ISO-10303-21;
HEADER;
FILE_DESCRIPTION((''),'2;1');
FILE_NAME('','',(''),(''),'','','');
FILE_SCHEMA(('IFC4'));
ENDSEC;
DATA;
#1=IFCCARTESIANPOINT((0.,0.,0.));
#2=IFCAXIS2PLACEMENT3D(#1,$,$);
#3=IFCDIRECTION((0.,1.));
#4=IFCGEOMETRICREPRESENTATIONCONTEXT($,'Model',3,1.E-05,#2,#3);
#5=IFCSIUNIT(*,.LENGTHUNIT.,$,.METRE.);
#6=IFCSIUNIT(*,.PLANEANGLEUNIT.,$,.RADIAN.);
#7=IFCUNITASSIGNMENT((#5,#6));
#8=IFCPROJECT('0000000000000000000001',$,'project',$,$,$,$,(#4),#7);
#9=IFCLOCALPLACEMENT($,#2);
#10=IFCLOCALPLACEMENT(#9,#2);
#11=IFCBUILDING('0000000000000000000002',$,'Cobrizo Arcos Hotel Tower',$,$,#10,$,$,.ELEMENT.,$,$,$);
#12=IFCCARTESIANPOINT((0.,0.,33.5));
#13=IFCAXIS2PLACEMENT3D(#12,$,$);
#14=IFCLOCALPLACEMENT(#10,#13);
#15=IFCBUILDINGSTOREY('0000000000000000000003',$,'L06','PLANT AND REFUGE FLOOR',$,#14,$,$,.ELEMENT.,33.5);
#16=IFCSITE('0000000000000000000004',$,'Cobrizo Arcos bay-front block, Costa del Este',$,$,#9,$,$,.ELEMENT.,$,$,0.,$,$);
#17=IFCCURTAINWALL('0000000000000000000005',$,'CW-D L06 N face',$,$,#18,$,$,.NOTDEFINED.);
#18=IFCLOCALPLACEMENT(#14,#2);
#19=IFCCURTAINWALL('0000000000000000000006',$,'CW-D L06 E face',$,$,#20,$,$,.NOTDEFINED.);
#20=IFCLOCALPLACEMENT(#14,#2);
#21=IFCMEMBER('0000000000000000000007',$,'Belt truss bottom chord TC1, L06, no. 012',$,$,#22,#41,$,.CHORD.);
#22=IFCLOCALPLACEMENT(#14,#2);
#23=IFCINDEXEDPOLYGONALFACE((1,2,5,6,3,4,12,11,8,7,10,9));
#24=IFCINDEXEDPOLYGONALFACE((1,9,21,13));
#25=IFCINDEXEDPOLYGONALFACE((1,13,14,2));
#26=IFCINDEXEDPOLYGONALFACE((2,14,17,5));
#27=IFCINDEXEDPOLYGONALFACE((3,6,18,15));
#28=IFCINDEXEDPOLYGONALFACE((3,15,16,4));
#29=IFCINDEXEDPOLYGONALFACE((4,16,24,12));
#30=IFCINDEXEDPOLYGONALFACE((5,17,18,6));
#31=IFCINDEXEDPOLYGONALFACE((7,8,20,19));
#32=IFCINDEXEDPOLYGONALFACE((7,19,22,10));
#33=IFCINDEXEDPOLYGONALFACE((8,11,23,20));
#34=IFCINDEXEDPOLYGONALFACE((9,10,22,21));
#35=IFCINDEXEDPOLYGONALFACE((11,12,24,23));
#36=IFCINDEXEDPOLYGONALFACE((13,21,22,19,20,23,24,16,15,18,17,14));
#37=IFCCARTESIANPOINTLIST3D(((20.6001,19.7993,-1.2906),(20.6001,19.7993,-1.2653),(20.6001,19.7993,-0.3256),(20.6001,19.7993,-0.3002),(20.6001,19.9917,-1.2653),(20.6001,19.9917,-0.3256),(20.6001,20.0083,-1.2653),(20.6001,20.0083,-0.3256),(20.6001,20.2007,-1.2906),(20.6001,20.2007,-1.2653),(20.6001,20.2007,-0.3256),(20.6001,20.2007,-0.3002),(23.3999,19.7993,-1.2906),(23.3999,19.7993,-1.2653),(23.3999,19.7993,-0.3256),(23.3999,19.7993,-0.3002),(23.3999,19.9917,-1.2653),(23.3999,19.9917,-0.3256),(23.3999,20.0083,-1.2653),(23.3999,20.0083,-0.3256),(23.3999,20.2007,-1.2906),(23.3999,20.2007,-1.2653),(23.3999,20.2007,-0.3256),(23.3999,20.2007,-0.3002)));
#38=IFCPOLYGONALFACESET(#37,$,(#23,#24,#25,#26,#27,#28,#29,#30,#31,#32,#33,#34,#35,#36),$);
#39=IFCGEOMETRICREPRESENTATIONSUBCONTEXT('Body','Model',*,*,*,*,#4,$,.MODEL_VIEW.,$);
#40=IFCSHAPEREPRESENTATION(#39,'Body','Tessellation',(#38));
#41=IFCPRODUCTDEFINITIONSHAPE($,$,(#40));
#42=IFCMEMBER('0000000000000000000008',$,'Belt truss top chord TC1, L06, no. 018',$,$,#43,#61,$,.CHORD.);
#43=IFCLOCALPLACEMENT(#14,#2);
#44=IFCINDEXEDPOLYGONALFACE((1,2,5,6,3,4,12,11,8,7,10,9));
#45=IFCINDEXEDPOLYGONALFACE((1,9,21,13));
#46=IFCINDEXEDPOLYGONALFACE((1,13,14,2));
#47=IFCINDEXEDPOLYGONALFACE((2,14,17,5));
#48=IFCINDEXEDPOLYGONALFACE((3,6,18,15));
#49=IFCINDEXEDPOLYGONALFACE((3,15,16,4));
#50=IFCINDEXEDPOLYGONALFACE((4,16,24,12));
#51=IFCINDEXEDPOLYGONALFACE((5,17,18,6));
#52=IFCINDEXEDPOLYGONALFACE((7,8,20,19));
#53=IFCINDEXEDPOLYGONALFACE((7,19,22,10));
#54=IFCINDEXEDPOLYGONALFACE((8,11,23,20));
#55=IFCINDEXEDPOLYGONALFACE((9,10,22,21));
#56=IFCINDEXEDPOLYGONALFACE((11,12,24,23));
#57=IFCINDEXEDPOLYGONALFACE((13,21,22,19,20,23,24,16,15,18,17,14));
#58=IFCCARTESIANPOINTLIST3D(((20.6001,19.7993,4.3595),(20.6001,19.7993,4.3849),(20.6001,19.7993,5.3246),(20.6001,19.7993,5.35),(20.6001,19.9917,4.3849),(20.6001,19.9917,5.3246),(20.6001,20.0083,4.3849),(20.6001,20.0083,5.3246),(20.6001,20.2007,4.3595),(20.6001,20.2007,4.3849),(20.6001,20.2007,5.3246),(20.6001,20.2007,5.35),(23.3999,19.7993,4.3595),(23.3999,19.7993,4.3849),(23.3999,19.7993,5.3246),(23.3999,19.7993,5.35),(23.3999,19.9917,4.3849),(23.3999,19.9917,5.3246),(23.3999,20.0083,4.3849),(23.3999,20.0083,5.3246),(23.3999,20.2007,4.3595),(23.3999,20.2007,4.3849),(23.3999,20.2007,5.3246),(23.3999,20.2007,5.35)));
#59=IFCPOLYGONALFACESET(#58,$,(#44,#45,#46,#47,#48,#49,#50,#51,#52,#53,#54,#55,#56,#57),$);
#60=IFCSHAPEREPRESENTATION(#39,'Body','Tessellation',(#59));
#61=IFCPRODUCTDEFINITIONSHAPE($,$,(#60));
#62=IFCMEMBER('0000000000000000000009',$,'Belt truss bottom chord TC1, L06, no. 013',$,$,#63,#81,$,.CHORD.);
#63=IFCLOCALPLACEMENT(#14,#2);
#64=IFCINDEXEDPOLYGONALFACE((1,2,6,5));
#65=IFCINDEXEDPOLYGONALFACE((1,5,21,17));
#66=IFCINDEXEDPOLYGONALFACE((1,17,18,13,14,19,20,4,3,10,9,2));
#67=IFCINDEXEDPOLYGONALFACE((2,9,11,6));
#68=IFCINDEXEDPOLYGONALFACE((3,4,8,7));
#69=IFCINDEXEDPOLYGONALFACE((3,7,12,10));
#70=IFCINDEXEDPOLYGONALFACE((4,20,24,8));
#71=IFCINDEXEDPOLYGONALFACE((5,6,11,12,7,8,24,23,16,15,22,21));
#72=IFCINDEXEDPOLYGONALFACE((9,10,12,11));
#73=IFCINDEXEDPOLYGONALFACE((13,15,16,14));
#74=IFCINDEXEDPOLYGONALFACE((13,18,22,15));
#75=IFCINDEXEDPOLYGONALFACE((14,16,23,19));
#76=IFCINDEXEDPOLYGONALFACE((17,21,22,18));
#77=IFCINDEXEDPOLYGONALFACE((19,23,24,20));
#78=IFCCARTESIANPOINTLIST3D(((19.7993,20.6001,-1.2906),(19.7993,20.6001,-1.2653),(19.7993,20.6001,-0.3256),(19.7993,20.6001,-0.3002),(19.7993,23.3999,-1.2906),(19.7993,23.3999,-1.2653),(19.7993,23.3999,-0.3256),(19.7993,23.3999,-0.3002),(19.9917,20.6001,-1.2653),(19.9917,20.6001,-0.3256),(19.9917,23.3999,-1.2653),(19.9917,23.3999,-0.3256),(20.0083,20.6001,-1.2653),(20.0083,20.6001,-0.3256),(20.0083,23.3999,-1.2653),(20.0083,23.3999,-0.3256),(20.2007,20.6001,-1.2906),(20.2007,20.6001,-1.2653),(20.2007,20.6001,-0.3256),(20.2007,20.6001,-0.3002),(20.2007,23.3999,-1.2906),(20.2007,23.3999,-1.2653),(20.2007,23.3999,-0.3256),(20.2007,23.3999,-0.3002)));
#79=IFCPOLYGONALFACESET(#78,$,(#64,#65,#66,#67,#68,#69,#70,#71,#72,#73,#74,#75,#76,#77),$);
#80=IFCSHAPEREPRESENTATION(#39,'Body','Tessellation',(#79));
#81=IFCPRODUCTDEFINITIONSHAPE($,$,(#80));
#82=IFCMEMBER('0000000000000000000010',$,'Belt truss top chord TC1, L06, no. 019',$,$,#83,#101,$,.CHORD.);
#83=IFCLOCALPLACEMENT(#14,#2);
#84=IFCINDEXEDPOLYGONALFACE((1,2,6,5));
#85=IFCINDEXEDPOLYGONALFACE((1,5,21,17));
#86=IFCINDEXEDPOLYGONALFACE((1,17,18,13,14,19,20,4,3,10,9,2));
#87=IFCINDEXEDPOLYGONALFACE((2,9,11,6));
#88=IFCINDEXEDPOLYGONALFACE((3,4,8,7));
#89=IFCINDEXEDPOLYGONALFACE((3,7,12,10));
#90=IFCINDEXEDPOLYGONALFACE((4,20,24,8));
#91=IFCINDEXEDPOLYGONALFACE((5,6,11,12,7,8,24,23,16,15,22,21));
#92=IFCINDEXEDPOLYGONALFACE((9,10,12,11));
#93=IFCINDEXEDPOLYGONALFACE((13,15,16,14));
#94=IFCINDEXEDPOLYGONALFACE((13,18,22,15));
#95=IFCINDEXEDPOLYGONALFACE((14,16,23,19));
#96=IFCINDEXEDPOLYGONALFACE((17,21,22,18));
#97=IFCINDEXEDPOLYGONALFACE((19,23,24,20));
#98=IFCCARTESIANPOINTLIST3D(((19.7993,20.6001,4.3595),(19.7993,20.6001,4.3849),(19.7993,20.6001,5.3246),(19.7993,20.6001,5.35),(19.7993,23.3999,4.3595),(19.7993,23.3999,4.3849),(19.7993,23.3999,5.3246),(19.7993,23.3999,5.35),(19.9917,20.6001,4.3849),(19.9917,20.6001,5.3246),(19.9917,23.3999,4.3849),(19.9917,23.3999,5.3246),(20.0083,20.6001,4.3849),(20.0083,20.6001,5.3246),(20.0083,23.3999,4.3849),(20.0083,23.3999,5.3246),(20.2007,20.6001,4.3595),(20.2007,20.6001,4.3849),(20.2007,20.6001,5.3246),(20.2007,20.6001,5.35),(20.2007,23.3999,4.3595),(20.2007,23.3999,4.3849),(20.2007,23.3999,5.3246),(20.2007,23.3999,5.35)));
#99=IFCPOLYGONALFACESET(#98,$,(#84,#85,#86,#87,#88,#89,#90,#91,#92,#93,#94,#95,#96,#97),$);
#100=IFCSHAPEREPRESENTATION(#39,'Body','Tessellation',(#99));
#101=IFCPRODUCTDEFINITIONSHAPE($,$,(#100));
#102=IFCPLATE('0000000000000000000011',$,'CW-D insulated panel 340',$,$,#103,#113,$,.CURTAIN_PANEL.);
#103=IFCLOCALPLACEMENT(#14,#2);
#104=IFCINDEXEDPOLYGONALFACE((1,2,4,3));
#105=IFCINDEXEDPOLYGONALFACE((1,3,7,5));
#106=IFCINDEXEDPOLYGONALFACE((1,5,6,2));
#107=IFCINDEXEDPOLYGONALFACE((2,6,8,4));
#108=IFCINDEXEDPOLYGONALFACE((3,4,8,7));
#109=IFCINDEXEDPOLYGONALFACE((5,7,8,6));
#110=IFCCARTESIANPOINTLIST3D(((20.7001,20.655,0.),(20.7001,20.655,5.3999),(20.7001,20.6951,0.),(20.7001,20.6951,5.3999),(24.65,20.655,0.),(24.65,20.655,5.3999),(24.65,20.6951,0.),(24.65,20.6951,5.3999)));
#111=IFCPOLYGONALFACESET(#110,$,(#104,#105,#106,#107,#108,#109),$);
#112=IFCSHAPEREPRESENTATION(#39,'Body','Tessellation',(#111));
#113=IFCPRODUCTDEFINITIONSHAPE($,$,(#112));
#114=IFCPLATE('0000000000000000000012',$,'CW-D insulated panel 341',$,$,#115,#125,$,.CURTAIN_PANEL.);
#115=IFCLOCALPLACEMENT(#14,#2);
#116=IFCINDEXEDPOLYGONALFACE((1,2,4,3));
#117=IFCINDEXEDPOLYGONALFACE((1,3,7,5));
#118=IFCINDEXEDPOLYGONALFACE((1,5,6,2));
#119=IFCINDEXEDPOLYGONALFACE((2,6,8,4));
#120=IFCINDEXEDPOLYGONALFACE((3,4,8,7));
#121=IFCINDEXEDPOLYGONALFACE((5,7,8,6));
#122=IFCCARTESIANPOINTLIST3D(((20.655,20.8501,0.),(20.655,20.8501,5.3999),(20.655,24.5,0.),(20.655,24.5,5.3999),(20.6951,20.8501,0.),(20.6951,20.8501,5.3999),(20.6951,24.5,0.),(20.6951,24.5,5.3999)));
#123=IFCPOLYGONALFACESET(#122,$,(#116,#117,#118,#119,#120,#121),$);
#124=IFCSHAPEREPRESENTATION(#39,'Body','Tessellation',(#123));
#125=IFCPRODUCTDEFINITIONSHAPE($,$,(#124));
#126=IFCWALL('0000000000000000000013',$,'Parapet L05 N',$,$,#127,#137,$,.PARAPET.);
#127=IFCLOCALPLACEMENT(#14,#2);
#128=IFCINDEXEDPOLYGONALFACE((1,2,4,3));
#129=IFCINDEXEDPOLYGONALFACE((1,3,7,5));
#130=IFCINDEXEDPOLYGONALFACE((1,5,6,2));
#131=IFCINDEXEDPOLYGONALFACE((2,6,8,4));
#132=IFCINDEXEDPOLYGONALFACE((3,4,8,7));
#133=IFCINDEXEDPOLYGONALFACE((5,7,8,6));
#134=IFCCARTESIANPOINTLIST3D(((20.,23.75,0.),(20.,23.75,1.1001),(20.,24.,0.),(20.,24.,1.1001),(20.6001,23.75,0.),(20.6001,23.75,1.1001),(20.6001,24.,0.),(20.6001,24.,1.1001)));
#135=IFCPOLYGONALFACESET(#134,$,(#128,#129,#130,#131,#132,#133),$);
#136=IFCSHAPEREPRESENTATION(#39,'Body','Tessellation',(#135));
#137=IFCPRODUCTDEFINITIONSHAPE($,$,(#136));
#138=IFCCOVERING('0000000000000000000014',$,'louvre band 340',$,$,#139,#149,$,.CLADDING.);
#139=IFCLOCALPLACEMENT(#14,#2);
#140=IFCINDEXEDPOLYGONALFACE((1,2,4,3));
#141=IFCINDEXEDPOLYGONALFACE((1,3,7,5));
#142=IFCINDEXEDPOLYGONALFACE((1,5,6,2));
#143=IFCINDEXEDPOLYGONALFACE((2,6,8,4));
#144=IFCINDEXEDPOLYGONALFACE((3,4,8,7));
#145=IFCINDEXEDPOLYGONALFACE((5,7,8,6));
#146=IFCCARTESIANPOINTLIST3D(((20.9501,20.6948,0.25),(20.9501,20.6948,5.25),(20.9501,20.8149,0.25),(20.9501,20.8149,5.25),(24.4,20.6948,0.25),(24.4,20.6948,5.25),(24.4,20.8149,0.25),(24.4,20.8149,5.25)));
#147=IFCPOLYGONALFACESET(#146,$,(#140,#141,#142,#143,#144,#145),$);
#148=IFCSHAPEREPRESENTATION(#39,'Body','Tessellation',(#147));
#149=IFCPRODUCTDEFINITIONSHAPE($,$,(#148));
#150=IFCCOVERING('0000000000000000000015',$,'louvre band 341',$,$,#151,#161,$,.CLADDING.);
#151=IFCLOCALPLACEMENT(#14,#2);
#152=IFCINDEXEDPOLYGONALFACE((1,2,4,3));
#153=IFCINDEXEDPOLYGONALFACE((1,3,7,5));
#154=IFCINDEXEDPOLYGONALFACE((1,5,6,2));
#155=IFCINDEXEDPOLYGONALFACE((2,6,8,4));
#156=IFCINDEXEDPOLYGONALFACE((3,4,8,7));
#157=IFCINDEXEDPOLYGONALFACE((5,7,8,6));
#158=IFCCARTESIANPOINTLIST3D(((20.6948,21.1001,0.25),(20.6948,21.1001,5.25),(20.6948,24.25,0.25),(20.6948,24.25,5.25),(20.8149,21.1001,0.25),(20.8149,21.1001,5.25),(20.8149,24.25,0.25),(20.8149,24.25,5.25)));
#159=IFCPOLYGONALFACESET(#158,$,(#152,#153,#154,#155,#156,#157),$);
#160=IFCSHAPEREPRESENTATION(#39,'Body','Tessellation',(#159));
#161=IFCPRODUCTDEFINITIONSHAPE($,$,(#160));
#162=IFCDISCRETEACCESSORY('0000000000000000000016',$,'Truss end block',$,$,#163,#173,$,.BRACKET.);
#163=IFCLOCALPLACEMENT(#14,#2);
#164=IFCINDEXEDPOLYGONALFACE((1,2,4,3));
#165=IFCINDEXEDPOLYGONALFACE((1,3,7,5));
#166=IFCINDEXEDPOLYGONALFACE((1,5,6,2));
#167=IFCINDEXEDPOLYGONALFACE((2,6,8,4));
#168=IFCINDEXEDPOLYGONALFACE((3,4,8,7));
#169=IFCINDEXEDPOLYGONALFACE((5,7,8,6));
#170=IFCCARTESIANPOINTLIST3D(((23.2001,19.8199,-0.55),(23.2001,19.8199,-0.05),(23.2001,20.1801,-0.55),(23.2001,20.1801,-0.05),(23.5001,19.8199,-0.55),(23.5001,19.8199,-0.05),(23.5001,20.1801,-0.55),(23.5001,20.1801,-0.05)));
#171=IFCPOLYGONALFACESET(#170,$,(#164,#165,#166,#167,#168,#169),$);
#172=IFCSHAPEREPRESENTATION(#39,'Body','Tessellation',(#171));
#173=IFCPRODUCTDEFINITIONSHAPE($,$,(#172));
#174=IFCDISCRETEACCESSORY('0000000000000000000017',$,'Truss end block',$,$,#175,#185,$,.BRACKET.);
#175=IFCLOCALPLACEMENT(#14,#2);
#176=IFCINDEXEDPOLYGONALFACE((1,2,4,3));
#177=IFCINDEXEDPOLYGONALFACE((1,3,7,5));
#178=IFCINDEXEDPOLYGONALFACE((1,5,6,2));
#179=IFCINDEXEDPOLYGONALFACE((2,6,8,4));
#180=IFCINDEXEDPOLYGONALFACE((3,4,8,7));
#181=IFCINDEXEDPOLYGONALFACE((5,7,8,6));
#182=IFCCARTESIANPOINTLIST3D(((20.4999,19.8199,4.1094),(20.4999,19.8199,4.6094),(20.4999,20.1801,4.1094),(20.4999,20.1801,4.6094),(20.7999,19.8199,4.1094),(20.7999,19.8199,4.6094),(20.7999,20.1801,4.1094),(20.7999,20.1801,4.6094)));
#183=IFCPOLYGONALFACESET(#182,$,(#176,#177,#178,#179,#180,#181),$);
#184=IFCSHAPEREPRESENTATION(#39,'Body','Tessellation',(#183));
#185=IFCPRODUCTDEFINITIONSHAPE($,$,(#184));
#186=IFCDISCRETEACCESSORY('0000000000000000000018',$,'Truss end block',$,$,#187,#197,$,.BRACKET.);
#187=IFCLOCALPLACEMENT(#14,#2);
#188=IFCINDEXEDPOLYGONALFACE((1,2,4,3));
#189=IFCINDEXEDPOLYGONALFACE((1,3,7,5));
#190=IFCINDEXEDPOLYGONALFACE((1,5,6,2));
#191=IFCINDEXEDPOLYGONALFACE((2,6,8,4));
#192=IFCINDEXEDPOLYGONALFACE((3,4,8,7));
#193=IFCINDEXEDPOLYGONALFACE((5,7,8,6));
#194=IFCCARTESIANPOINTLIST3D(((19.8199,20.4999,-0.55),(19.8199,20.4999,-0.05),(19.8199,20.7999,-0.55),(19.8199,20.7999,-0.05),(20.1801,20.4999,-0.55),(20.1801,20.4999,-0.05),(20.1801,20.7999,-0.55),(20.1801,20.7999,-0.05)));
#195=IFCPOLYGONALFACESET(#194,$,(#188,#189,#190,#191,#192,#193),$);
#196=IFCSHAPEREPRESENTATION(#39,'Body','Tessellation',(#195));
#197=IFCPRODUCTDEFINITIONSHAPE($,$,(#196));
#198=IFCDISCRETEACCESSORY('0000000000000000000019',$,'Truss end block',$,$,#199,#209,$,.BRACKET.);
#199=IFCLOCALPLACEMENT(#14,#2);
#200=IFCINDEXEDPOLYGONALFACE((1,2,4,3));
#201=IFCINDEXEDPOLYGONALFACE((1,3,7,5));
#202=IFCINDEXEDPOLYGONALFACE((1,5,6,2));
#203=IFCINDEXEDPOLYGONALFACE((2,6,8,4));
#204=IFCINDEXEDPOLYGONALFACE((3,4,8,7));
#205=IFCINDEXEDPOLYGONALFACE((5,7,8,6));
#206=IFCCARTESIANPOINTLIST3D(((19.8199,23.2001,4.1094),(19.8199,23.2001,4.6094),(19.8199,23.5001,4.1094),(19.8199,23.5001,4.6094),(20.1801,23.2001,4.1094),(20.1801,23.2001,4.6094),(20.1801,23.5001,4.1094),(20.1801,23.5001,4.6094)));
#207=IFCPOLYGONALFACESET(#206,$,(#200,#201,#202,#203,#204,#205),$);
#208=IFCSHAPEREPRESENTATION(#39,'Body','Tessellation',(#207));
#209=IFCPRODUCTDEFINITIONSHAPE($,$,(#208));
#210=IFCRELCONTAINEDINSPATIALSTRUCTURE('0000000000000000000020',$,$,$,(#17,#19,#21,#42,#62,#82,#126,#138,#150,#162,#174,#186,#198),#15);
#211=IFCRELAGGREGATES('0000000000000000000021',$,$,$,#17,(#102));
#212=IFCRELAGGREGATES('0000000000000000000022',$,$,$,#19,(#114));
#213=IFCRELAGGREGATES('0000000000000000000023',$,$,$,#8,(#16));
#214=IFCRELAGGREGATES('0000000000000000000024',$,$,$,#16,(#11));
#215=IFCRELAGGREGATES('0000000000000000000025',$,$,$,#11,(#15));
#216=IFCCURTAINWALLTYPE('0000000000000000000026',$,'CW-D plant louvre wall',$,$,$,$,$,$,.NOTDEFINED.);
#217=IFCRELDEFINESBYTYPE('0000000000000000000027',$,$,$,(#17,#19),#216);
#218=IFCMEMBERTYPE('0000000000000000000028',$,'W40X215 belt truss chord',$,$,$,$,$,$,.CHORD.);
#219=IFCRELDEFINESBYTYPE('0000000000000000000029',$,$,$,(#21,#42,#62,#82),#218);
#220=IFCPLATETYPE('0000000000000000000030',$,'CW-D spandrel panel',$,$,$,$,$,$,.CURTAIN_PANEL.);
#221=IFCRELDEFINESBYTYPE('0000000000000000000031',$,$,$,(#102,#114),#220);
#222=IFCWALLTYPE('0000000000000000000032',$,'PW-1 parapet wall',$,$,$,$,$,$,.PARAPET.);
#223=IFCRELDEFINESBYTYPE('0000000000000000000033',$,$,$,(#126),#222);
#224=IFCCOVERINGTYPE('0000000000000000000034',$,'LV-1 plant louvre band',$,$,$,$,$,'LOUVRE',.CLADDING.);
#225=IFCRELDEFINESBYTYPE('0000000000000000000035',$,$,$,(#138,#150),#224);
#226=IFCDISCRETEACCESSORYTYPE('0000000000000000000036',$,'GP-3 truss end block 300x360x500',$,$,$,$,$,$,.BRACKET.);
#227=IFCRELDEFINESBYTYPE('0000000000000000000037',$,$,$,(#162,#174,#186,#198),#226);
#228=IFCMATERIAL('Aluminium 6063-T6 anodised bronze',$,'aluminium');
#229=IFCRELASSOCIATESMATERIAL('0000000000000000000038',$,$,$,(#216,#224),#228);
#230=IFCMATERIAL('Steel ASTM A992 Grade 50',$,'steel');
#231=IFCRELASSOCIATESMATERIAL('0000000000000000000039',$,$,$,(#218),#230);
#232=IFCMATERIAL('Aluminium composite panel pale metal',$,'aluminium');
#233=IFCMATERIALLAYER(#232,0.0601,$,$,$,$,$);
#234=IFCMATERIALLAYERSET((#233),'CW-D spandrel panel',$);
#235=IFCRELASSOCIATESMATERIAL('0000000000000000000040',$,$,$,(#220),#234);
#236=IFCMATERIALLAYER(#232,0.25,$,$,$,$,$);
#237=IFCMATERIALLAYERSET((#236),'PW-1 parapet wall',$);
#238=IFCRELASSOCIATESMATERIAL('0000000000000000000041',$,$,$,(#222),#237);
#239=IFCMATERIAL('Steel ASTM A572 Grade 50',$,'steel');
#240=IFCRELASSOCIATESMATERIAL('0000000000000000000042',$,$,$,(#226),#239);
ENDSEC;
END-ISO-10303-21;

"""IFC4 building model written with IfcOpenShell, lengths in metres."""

from ifc_helpers import new_model, si_unit, direction, frame, frame_2d, origin, origin_2d, place, context, subcontext, project, spatial, rectangle, i_section, extrude, material, layer, layer_set, material_profile, profile_set, type_object, element, aggregate, save


model = new_model("IFC4")

# Units and contexts
model_context = context("Model", 3, precision=1e-05, world=origin(), true_north=direction((0.0, 1.0)))
body_context = subcontext(model_context, "Body", "Model", "MODEL_VIEW")
ifc_project = project(units=[si_unit("LENGTHUNIT", "METRE"), si_unit("PLANEANGLEUNIT", "RADIAN")], contexts=[model_context])

# Site, building, storey
site_placement = place(None, origin())
site = spatial("IfcSite", under=ifc_project, at=site_placement, Name="Cobrizo Arcos bay-front block, Costa del Este", CompositionType="ELEMENT", RefElevation=0.0)
building_placement = place(site_placement, origin())
building = spatial("IfcBuilding", under=site, at=building_placement, Name="Cobrizo Arcos Hotel Tower", CompositionType="ELEMENT")
storey_placement = place(building_placement, frame((0.0, 0.0, 33.5)))
storey = spatial("IfcBuildingStorey", under=building, at=storey_placement, Name="L06", Description="PLANT AND REFUGE FLOOR", CompositionType="ELEMENT", Elevation=33.5)

# Shared definitions
ifc_material_1 = material(Name="Steel ASTM A572 Grade 50", Category="steel")

# Curtain wall
ifc_material_2 = material(Name="Aluminium 6063-T6 anodised bronze", Category="aluminium")
curtain_wall_type = type_object("IfcCurtainWallType", Name="CW-D plant louvre wall", PredefinedType="NOTDEFINED", material=ifc_material_2)
curtain_wall_1_placement = place(storey_placement, origin())
curtain_wall_1 = element("IfcCurtainWall", 1, at=curtain_wall_1_placement, inside=storey, type_object=curtain_wall_type, Name="CW-D L06 N face", PredefinedType="NOTDEFINED")

# Curtain wall
curtain_wall_2_placement = place(storey_placement, origin())
curtain_wall_2 = element("IfcCurtainWall", 2, at=curtain_wall_2_placement, inside=storey, type_object=curtain_wall_type, Name="CW-D L06 E face", PredefinedType="NOTDEFINED")

# Shared definitions
ifc_material_3 = material(Name="Steel ASTM A992 Grade 50", Category="steel")

# Members
ifc_material_profile_1 = material_profile(ifc_material_3, i_section(OverallWidth=0.4014, OverallDepth=0.9905, WebThickness=0.0166, FlangeThickness=0.0254, at=origin_2d()), Name="W40X215")
ifc_profile_set_1 = profile_set([ifc_material_profile_1], Name="Steel ASTM A992 Grade 50")
member_type_1 = type_object("IfcMemberType", Name="W40X215 belt truss chord", PredefinedType="CHORD", material=ifc_profile_set_1)
for number, where, z_axis, x_axis, name in (
    (3, (23.3999, 20.0, -0.7954), (-1.0, 0.0, 0.0), (0.0, -1.0, 0.0), "Belt truss bottom chord TC1, L06, no. 012"),
    (4, (23.3999, 20.0, 4.8547), (-1.0, 0.0, 0.0), (0.0, -1.0, 0.0), "Belt truss top chord TC1, L06, no. 018"),
    (5, (20.0, 20.6001, -0.7954), (0.0, 1.0, 0.0), (-1.0, 0.0, 0.0), "Belt truss bottom chord TC1, L06, no. 013"),
    (6, (20.0, 20.6001, 4.8547), (0.0, 1.0, 0.0), (-1.0, 0.0, 0.0), "Belt truss top chord TC1, L06, no. 019"),
):
    element("IfcMember", number, at=place(storey_placement, frame(where, z_axis=z_axis, x_axis=x_axis)), inside=storey, type_object=member_type_1, Name=name, PredefinedType="CHORD", context=body_context, shape_type="SweptSolid", body=[
        extrude(i_section(OverallWidth=0.4014, OverallDepth=0.9905, WebThickness=0.0166, FlangeThickness=0.0254, at=origin_2d()), origin(), (0.0, 0.0, 1.0), 2.7998),
    ])

# Plates
ifc_material_4 = material(Name="Aluminium composite panel pale metal", Category="aluminium")
ifc_layer_1 = layer(ifc_material_4, 0.0601)
ifc_layer_set_1 = layer_set([ifc_layer_1], Name="CW-D spandrel panel")
plate_type = type_object("IfcPlateType", Name="CW-D spandrel panel", PredefinedType="CURTAIN_PANEL", material=ifc_layer_set_1)
plate_1_placement = place(storey_placement, frame((22.675, 20.675, 0.0), z_axis=(0.0, 0.0, 1.0), x_axis=(-1.0, 0.0, 0.0)))
plate_1 = element("IfcPlate", 7, at=plate_1_placement, type_object=plate_type, Name="CW-D insulated panel 340", PredefinedType="CURTAIN_PANEL", context=body_context, shape_type="SweptSolid", body=[
    extrude(rectangle(XDim=3.95, YDim=0.04, at=origin_2d()), origin(), (0.0, 0.0, 1.0), 5.3999),
])
aggregate(curtain_wall_1, [plate_1])
plate_2_placement = place(storey_placement, frame((20.675, 22.675, 0.0), z_axis=(0.0, 0.0, 1.0), x_axis=(0.0, 1.0, 0.0)))
plate_2 = element("IfcPlate", 8, at=plate_2_placement, type_object=plate_type, Name="CW-D insulated panel 341", PredefinedType="CURTAIN_PANEL", context=body_context, shape_type="SweptSolid", body=[
    extrude(rectangle(XDim=3.6499, YDim=0.04, at=origin_2d()), origin(), (0.0, 0.0, 1.0), 5.3999),
])
aggregate(curtain_wall_2, [plate_2])

# Wall
ifc_layer_2 = layer(ifc_material_4, 0.25)
ifc_layer_set_2 = layer_set([ifc_layer_2], Name="PW-1 parapet wall")
wall_type = type_object("IfcWallType", Name="PW-1 parapet wall", PredefinedType="PARAPET", material=ifc_layer_set_2)
wall_placement = place(storey_placement, frame((20.6001, 23.875, 0.0), z_axis=(0.0, 0.0, 1.0), x_axis=(-1.0, 0.0, 0.0)))
element("IfcWall", 9, at=wall_placement, inside=storey, type_object=wall_type, Name="Parapet L05 N", PredefinedType="PARAPET", context=body_context, shape_type="SweptSolid", body=[
    extrude(rectangle(XDim=0.6001, YDim=0.25, at=frame_2d((0.3, 0.0))), origin(), (0.0, 0.0, 1.0), 1.1001),
])

# Coverings
covering_type = type_object("IfcCoveringType", Name="LV-1 plant louvre band", ElementType="LOUVRE", PredefinedType="CLADDING", material=ifc_material_2)
covering_1_placement = place(storey_placement, frame((22.675, 20.7549, 0.25), z_axis=(0.0, 0.0, 1.0), x_axis=(-1.0, 0.0, 0.0)))
element("IfcCovering", 10, at=covering_1_placement, inside=storey, type_object=covering_type, Name="louvre band 340", PredefinedType="CLADDING", context=body_context, shape_type="SweptSolid", body=[
    extrude(rectangle(XDim=3.45, YDim=0.1201, at=origin_2d()), origin(), (0.0, 0.0, 1.0), 5.0),
])
covering_2_placement = place(storey_placement, frame((20.7549, 22.675, 0.25), z_axis=(0.0, 0.0, 1.0), x_axis=(0.0, 1.0, 0.0)))
element("IfcCovering", 11, at=covering_2_placement, inside=storey, type_object=covering_type, Name="louvre band 341", PredefinedType="CLADDING", context=body_context, shape_type="SweptSolid", body=[
    extrude(rectangle(XDim=3.1499, YDim=0.1201, at=origin_2d()), origin(), (0.0, 0.0, 1.0), 5.0),
])

# Discrete accessories
discrete_accessory_type_1 = type_object("IfcDiscreteAccessoryType", Name="GP-3 truss end block 300x360x500", PredefinedType="BRACKET", material=ifc_material_1)
for number, where, z_axis, x_axis, name in (
    (12, (23.3501, 20.0, -0.55), (0.0, 0.0, 1.0), (-1.0, 0.0, 0.0), "Truss end block"),
    (13, (20.6499, 20.0, 4.1094), (0.0, 0.0, 1.0), (1.0, 0.0, 0.0), "Truss end block"),
    (14, (20.0, 20.6499, -0.55), (0.0, 0.0, 1.0), (0.0, 1.0, 0.0), "Truss end block"),
    (15, (20.0, 23.3501, 4.1094), (0.0, 0.0, 1.0), (0.0, -1.0, 0.0), "Truss end block"),
):
    element("IfcDiscreteAccessory", number, at=place(storey_placement, frame(where, z_axis=z_axis, x_axis=x_axis)), inside=storey, type_object=discrete_accessory_type_1, Name=name, PredefinedType="BRACKET", context=body_context, shape_type="SweptSolid", body=[
        extrude(rectangle(XDim=0.3, YDim=0.3601, at=origin_2d()), origin(), (0.0, 0.0, 1.0), 0.5),
    ])

save(model, "model.ifc")
